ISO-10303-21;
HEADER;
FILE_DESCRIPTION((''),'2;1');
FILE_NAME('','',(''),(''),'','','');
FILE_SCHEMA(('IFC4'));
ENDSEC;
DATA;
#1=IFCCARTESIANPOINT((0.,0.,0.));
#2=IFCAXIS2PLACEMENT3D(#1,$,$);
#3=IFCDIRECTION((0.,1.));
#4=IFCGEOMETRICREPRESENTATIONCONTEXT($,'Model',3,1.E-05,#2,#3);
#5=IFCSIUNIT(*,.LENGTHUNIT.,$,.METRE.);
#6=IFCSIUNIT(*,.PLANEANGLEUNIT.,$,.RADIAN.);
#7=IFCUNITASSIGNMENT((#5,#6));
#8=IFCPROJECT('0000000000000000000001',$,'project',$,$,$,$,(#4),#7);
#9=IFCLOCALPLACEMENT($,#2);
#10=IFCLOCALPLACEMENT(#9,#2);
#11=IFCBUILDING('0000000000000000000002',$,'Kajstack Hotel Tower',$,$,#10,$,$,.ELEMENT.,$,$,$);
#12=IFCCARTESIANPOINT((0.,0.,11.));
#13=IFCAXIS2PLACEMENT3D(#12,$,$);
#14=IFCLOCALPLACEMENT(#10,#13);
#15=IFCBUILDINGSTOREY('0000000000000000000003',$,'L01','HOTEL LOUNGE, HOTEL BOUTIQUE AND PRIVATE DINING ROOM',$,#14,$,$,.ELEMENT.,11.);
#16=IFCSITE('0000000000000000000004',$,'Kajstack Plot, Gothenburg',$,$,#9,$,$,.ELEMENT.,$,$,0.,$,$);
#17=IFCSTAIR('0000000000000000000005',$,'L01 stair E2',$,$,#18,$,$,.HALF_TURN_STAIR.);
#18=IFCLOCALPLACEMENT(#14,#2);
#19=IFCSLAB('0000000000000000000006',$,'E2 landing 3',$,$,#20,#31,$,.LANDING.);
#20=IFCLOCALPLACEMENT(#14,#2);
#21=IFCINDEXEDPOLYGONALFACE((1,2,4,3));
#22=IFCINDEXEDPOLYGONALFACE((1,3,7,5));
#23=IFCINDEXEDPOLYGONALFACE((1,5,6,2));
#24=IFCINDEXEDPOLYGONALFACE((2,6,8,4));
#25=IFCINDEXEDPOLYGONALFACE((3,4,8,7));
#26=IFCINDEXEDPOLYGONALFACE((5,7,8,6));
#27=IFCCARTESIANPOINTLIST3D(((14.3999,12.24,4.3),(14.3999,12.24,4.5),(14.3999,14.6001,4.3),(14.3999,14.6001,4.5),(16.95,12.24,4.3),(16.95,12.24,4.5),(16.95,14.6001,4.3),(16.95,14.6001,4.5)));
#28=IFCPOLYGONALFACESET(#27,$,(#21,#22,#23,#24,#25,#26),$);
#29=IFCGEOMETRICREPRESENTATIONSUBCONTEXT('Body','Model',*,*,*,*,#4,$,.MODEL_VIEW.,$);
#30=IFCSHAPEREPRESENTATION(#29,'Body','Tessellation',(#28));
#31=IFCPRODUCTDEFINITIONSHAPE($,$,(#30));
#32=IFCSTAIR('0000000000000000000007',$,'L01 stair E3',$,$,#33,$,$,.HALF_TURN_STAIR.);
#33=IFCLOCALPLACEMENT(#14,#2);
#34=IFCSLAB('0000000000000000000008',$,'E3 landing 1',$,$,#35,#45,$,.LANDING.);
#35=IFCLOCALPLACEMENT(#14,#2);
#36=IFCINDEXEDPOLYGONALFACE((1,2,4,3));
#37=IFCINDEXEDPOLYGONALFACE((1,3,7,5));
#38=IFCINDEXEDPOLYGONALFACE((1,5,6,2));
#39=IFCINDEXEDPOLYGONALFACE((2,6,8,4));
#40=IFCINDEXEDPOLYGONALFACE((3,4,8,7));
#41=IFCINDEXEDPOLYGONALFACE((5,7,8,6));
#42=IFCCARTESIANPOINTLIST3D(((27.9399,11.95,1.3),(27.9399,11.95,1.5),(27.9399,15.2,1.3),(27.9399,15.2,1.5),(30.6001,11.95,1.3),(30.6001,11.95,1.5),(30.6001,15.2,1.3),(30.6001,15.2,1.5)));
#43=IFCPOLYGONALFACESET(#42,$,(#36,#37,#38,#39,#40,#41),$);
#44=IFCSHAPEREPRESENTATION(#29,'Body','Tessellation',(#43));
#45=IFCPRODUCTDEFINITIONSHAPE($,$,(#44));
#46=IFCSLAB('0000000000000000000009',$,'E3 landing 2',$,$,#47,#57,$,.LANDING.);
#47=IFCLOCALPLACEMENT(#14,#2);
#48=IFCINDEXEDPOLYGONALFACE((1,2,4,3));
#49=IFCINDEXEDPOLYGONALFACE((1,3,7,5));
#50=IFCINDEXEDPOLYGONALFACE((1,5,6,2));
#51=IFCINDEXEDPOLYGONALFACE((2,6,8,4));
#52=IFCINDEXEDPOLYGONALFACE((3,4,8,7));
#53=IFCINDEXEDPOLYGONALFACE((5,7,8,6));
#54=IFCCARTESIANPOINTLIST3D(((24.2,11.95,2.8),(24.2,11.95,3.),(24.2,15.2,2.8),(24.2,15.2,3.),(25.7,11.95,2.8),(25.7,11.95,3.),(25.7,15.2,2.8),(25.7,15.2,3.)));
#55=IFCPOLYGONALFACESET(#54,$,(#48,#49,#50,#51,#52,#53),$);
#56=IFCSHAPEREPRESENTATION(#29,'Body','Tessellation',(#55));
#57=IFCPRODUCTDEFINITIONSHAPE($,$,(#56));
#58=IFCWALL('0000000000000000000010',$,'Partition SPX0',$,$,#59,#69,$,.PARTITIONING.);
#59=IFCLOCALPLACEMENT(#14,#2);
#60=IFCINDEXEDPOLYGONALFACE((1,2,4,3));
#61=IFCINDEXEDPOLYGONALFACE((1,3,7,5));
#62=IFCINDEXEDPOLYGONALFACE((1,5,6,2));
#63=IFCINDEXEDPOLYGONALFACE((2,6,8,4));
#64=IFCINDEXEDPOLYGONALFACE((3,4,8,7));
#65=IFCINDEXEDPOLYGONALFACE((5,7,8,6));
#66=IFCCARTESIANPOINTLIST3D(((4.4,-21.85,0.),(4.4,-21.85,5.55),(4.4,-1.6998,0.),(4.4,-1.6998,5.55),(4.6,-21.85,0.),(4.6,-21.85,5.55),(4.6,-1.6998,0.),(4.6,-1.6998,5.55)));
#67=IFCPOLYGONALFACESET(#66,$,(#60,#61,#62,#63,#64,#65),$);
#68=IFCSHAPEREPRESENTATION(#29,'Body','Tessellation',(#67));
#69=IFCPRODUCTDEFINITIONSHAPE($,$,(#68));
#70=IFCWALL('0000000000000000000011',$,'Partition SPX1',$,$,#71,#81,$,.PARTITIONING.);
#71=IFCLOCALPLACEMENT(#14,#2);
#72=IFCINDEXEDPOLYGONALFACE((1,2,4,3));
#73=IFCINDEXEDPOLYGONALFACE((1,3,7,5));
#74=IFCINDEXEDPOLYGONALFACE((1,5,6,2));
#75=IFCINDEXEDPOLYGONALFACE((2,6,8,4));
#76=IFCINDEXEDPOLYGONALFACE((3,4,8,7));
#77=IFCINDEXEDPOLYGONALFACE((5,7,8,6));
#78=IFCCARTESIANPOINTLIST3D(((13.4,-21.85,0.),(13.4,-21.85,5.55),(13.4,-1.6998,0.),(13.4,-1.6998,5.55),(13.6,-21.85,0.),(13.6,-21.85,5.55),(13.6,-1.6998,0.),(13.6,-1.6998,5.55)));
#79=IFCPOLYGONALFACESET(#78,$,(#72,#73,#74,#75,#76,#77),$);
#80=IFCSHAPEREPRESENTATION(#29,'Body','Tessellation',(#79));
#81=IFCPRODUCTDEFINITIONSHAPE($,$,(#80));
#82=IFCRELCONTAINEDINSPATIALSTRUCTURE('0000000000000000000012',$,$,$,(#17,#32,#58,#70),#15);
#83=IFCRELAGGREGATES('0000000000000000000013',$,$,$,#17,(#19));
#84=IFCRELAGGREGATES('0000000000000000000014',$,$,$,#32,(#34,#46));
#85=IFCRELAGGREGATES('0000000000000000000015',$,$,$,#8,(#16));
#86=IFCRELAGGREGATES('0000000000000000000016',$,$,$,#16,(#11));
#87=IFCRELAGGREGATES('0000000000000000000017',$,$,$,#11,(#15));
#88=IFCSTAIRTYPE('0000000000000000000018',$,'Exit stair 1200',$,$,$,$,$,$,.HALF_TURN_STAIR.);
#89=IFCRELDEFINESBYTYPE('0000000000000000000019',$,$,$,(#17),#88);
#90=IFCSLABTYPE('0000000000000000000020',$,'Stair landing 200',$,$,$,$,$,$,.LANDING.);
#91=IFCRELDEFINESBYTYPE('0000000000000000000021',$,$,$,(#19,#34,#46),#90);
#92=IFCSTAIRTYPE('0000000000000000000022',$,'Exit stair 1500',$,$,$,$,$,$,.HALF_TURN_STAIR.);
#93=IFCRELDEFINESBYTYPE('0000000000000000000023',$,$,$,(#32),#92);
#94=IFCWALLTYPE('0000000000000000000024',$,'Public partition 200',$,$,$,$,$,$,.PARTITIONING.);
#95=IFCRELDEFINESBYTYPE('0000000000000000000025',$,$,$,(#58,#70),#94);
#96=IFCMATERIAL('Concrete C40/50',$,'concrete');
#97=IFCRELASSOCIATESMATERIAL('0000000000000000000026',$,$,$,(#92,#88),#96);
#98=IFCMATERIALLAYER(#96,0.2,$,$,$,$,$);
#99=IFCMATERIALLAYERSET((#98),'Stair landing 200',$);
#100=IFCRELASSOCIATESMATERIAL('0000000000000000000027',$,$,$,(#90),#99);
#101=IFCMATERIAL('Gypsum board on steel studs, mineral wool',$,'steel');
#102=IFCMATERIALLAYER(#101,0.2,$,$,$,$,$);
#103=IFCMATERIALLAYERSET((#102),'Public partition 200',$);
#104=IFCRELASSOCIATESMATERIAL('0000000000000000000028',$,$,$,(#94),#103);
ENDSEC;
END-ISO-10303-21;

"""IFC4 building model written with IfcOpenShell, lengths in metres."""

from ifc_helpers import new_model, si_unit, direction, frame, frame_2d, origin, place, context, subcontext, project, spatial, polyline, rectangle, outline, extrude, material, layer, layer_set, type_object, element, aggregate, save


model = new_model("IFC4")

# Units and contexts
model_context = context("Model", 3, precision=1e-05, world=origin(), true_north=direction((0.0, 1.0)))
body_context = subcontext(model_context, "Body", "Model", "MODEL_VIEW")
ifc_project = project(units=[si_unit("LENGTHUNIT", "METRE"), si_unit("PLANEANGLEUNIT", "RADIAN")], contexts=[model_context])

# Site, building, storey
site_placement = place(None, origin())
site = spatial("IfcSite", under=ifc_project, at=site_placement, Name="Kajstack Plot, Gothenburg", CompositionType="ELEMENT", RefElevation=0.0)
building_placement = place(site_placement, origin())
building = spatial("IfcBuilding", under=site, at=building_placement, Name="Kajstack Hotel Tower", CompositionType="ELEMENT")
storey_placement = place(building_placement, frame((0.0, 0.0, 11.0)))
storey = spatial("IfcBuildingStorey", under=building, at=storey_placement, Name="L01", Description="HOTEL LOUNGE, HOTEL BOUTIQUE AND PRIVATE DINING ROOM", CompositionType="ELEMENT", Elevation=11.0)

# Stairs, slabs
ifc_material_1 = material(Name="Concrete C40/50", Category="concrete")
stair_type_1 = type_object("IfcStairType", Name="Exit stair 1500", PredefinedType="HALF_TURN_STAIR", material=ifc_material_1)
ifc_layer_1 = layer(ifc_material_1, 0.2)
ifc_layer_set_1 = layer_set([ifc_layer_1], Name="Stair landing 200")
slab_type = type_object("IfcSlabType", Name="Stair landing 200", PredefinedType="LANDING", material=ifc_layer_set_1)
stair_type_2 = type_object("IfcStairType", Name="Exit stair 1200", PredefinedType="HALF_TURN_STAIR", material=ifc_material_1)
stair_1_placement = place(storey_placement, origin())
stair_1 = element("IfcStair", 1, at=stair_1_placement, inside=storey, type_object=stair_type_2, Name="L01 stair E2", PredefinedType="HALF_TURN_STAIR")
slab_1_placement = place(storey_placement, frame((0.0, 0.0, 4.3)))
slab_1 = element("IfcSlab", 2, at=slab_1_placement, type_object=slab_type, Name="E2 landing 3", PredefinedType="LANDING", context=body_context, shape_type="SweptSolid", body=[
    extrude(outline(polyline([(16.95, 12.24), (16.95, 14.6001), (14.3999, 14.6001), (14.3999, 12.24), (16.95, 12.24)])), origin(), (0.0, 0.0, 1.0), 0.2),
])
aggregate(stair_1, [slab_1])
stair_2_placement = place(storey_placement, origin())
stair_2 = element("IfcStair", 3, at=stair_2_placement, inside=storey, type_object=stair_type_1, Name="L01 stair E3", PredefinedType="HALF_TURN_STAIR")
slab_2_placement = place(storey_placement, frame((0.0, 0.0, 1.3)))
slab_2 = element("IfcSlab", 4, at=slab_2_placement, type_object=slab_type, Name="E3 landing 1", PredefinedType="LANDING", context=body_context, shape_type="SweptSolid", body=[
    extrude(outline(polyline([(27.9399, 11.95), (30.6001, 11.95), (30.6001, 15.2), (27.9399, 15.2), (27.9399, 11.95)])), origin(), (0.0, 0.0, 1.0), 0.2),
])
slab_3_placement = place(storey_placement, frame((0.0, 0.0, 2.8)))
slab_3 = element("IfcSlab", 5, at=slab_3_placement, type_object=slab_type, Name="E3 landing 2", PredefinedType="LANDING", context=body_context, shape_type="SweptSolid", body=[
    extrude(outline(polyline([(24.2, 11.95), (25.7, 11.95), (25.7, 15.2), (24.2, 15.2), (24.2, 11.95)])), origin(), (0.0, 0.0, 1.0), 0.2),
])
aggregate(stair_2, [slab_2, slab_3])

# Walls
ifc_material_2 = material(Name="Gypsum board on steel studs, mineral wool", Category="steel")
ifc_layer_2 = layer(ifc_material_2, 0.2)
ifc_layer_set_2 = layer_set([ifc_layer_2], Name="Public partition 200")
wall_type = type_object("IfcWallType", Name="Public partition 200", PredefinedType="PARTITIONING", material=ifc_layer_set_2)
for number, where, z_axis, x_axis, name in (
    (6, (4.5, -21.8501, 0.0), (0.0, 0.0, 1.0), (0.0, 1.0, 0.0), "Partition SPX0"),
    (7, (13.5, -21.8501, 0.0), (0.0, 0.0, 1.0), (0.0, 1.0, 0.0), "Partition SPX1"),
):
    element("IfcWall", number, at=place(storey_placement, frame(where, z_axis=z_axis, x_axis=x_axis)), inside=storey, type_object=wall_type, Name=name, PredefinedType="PARTITIONING", context=body_context, shape_type="SweptSolid", body=[
        extrude(rectangle(XDim=20.1501, YDim=0.2, at=frame_2d((10.0752, 0.0))), origin(), (0.0, 0.0, 1.0), 5.55),
    ])

save(model, "model.ifc")
